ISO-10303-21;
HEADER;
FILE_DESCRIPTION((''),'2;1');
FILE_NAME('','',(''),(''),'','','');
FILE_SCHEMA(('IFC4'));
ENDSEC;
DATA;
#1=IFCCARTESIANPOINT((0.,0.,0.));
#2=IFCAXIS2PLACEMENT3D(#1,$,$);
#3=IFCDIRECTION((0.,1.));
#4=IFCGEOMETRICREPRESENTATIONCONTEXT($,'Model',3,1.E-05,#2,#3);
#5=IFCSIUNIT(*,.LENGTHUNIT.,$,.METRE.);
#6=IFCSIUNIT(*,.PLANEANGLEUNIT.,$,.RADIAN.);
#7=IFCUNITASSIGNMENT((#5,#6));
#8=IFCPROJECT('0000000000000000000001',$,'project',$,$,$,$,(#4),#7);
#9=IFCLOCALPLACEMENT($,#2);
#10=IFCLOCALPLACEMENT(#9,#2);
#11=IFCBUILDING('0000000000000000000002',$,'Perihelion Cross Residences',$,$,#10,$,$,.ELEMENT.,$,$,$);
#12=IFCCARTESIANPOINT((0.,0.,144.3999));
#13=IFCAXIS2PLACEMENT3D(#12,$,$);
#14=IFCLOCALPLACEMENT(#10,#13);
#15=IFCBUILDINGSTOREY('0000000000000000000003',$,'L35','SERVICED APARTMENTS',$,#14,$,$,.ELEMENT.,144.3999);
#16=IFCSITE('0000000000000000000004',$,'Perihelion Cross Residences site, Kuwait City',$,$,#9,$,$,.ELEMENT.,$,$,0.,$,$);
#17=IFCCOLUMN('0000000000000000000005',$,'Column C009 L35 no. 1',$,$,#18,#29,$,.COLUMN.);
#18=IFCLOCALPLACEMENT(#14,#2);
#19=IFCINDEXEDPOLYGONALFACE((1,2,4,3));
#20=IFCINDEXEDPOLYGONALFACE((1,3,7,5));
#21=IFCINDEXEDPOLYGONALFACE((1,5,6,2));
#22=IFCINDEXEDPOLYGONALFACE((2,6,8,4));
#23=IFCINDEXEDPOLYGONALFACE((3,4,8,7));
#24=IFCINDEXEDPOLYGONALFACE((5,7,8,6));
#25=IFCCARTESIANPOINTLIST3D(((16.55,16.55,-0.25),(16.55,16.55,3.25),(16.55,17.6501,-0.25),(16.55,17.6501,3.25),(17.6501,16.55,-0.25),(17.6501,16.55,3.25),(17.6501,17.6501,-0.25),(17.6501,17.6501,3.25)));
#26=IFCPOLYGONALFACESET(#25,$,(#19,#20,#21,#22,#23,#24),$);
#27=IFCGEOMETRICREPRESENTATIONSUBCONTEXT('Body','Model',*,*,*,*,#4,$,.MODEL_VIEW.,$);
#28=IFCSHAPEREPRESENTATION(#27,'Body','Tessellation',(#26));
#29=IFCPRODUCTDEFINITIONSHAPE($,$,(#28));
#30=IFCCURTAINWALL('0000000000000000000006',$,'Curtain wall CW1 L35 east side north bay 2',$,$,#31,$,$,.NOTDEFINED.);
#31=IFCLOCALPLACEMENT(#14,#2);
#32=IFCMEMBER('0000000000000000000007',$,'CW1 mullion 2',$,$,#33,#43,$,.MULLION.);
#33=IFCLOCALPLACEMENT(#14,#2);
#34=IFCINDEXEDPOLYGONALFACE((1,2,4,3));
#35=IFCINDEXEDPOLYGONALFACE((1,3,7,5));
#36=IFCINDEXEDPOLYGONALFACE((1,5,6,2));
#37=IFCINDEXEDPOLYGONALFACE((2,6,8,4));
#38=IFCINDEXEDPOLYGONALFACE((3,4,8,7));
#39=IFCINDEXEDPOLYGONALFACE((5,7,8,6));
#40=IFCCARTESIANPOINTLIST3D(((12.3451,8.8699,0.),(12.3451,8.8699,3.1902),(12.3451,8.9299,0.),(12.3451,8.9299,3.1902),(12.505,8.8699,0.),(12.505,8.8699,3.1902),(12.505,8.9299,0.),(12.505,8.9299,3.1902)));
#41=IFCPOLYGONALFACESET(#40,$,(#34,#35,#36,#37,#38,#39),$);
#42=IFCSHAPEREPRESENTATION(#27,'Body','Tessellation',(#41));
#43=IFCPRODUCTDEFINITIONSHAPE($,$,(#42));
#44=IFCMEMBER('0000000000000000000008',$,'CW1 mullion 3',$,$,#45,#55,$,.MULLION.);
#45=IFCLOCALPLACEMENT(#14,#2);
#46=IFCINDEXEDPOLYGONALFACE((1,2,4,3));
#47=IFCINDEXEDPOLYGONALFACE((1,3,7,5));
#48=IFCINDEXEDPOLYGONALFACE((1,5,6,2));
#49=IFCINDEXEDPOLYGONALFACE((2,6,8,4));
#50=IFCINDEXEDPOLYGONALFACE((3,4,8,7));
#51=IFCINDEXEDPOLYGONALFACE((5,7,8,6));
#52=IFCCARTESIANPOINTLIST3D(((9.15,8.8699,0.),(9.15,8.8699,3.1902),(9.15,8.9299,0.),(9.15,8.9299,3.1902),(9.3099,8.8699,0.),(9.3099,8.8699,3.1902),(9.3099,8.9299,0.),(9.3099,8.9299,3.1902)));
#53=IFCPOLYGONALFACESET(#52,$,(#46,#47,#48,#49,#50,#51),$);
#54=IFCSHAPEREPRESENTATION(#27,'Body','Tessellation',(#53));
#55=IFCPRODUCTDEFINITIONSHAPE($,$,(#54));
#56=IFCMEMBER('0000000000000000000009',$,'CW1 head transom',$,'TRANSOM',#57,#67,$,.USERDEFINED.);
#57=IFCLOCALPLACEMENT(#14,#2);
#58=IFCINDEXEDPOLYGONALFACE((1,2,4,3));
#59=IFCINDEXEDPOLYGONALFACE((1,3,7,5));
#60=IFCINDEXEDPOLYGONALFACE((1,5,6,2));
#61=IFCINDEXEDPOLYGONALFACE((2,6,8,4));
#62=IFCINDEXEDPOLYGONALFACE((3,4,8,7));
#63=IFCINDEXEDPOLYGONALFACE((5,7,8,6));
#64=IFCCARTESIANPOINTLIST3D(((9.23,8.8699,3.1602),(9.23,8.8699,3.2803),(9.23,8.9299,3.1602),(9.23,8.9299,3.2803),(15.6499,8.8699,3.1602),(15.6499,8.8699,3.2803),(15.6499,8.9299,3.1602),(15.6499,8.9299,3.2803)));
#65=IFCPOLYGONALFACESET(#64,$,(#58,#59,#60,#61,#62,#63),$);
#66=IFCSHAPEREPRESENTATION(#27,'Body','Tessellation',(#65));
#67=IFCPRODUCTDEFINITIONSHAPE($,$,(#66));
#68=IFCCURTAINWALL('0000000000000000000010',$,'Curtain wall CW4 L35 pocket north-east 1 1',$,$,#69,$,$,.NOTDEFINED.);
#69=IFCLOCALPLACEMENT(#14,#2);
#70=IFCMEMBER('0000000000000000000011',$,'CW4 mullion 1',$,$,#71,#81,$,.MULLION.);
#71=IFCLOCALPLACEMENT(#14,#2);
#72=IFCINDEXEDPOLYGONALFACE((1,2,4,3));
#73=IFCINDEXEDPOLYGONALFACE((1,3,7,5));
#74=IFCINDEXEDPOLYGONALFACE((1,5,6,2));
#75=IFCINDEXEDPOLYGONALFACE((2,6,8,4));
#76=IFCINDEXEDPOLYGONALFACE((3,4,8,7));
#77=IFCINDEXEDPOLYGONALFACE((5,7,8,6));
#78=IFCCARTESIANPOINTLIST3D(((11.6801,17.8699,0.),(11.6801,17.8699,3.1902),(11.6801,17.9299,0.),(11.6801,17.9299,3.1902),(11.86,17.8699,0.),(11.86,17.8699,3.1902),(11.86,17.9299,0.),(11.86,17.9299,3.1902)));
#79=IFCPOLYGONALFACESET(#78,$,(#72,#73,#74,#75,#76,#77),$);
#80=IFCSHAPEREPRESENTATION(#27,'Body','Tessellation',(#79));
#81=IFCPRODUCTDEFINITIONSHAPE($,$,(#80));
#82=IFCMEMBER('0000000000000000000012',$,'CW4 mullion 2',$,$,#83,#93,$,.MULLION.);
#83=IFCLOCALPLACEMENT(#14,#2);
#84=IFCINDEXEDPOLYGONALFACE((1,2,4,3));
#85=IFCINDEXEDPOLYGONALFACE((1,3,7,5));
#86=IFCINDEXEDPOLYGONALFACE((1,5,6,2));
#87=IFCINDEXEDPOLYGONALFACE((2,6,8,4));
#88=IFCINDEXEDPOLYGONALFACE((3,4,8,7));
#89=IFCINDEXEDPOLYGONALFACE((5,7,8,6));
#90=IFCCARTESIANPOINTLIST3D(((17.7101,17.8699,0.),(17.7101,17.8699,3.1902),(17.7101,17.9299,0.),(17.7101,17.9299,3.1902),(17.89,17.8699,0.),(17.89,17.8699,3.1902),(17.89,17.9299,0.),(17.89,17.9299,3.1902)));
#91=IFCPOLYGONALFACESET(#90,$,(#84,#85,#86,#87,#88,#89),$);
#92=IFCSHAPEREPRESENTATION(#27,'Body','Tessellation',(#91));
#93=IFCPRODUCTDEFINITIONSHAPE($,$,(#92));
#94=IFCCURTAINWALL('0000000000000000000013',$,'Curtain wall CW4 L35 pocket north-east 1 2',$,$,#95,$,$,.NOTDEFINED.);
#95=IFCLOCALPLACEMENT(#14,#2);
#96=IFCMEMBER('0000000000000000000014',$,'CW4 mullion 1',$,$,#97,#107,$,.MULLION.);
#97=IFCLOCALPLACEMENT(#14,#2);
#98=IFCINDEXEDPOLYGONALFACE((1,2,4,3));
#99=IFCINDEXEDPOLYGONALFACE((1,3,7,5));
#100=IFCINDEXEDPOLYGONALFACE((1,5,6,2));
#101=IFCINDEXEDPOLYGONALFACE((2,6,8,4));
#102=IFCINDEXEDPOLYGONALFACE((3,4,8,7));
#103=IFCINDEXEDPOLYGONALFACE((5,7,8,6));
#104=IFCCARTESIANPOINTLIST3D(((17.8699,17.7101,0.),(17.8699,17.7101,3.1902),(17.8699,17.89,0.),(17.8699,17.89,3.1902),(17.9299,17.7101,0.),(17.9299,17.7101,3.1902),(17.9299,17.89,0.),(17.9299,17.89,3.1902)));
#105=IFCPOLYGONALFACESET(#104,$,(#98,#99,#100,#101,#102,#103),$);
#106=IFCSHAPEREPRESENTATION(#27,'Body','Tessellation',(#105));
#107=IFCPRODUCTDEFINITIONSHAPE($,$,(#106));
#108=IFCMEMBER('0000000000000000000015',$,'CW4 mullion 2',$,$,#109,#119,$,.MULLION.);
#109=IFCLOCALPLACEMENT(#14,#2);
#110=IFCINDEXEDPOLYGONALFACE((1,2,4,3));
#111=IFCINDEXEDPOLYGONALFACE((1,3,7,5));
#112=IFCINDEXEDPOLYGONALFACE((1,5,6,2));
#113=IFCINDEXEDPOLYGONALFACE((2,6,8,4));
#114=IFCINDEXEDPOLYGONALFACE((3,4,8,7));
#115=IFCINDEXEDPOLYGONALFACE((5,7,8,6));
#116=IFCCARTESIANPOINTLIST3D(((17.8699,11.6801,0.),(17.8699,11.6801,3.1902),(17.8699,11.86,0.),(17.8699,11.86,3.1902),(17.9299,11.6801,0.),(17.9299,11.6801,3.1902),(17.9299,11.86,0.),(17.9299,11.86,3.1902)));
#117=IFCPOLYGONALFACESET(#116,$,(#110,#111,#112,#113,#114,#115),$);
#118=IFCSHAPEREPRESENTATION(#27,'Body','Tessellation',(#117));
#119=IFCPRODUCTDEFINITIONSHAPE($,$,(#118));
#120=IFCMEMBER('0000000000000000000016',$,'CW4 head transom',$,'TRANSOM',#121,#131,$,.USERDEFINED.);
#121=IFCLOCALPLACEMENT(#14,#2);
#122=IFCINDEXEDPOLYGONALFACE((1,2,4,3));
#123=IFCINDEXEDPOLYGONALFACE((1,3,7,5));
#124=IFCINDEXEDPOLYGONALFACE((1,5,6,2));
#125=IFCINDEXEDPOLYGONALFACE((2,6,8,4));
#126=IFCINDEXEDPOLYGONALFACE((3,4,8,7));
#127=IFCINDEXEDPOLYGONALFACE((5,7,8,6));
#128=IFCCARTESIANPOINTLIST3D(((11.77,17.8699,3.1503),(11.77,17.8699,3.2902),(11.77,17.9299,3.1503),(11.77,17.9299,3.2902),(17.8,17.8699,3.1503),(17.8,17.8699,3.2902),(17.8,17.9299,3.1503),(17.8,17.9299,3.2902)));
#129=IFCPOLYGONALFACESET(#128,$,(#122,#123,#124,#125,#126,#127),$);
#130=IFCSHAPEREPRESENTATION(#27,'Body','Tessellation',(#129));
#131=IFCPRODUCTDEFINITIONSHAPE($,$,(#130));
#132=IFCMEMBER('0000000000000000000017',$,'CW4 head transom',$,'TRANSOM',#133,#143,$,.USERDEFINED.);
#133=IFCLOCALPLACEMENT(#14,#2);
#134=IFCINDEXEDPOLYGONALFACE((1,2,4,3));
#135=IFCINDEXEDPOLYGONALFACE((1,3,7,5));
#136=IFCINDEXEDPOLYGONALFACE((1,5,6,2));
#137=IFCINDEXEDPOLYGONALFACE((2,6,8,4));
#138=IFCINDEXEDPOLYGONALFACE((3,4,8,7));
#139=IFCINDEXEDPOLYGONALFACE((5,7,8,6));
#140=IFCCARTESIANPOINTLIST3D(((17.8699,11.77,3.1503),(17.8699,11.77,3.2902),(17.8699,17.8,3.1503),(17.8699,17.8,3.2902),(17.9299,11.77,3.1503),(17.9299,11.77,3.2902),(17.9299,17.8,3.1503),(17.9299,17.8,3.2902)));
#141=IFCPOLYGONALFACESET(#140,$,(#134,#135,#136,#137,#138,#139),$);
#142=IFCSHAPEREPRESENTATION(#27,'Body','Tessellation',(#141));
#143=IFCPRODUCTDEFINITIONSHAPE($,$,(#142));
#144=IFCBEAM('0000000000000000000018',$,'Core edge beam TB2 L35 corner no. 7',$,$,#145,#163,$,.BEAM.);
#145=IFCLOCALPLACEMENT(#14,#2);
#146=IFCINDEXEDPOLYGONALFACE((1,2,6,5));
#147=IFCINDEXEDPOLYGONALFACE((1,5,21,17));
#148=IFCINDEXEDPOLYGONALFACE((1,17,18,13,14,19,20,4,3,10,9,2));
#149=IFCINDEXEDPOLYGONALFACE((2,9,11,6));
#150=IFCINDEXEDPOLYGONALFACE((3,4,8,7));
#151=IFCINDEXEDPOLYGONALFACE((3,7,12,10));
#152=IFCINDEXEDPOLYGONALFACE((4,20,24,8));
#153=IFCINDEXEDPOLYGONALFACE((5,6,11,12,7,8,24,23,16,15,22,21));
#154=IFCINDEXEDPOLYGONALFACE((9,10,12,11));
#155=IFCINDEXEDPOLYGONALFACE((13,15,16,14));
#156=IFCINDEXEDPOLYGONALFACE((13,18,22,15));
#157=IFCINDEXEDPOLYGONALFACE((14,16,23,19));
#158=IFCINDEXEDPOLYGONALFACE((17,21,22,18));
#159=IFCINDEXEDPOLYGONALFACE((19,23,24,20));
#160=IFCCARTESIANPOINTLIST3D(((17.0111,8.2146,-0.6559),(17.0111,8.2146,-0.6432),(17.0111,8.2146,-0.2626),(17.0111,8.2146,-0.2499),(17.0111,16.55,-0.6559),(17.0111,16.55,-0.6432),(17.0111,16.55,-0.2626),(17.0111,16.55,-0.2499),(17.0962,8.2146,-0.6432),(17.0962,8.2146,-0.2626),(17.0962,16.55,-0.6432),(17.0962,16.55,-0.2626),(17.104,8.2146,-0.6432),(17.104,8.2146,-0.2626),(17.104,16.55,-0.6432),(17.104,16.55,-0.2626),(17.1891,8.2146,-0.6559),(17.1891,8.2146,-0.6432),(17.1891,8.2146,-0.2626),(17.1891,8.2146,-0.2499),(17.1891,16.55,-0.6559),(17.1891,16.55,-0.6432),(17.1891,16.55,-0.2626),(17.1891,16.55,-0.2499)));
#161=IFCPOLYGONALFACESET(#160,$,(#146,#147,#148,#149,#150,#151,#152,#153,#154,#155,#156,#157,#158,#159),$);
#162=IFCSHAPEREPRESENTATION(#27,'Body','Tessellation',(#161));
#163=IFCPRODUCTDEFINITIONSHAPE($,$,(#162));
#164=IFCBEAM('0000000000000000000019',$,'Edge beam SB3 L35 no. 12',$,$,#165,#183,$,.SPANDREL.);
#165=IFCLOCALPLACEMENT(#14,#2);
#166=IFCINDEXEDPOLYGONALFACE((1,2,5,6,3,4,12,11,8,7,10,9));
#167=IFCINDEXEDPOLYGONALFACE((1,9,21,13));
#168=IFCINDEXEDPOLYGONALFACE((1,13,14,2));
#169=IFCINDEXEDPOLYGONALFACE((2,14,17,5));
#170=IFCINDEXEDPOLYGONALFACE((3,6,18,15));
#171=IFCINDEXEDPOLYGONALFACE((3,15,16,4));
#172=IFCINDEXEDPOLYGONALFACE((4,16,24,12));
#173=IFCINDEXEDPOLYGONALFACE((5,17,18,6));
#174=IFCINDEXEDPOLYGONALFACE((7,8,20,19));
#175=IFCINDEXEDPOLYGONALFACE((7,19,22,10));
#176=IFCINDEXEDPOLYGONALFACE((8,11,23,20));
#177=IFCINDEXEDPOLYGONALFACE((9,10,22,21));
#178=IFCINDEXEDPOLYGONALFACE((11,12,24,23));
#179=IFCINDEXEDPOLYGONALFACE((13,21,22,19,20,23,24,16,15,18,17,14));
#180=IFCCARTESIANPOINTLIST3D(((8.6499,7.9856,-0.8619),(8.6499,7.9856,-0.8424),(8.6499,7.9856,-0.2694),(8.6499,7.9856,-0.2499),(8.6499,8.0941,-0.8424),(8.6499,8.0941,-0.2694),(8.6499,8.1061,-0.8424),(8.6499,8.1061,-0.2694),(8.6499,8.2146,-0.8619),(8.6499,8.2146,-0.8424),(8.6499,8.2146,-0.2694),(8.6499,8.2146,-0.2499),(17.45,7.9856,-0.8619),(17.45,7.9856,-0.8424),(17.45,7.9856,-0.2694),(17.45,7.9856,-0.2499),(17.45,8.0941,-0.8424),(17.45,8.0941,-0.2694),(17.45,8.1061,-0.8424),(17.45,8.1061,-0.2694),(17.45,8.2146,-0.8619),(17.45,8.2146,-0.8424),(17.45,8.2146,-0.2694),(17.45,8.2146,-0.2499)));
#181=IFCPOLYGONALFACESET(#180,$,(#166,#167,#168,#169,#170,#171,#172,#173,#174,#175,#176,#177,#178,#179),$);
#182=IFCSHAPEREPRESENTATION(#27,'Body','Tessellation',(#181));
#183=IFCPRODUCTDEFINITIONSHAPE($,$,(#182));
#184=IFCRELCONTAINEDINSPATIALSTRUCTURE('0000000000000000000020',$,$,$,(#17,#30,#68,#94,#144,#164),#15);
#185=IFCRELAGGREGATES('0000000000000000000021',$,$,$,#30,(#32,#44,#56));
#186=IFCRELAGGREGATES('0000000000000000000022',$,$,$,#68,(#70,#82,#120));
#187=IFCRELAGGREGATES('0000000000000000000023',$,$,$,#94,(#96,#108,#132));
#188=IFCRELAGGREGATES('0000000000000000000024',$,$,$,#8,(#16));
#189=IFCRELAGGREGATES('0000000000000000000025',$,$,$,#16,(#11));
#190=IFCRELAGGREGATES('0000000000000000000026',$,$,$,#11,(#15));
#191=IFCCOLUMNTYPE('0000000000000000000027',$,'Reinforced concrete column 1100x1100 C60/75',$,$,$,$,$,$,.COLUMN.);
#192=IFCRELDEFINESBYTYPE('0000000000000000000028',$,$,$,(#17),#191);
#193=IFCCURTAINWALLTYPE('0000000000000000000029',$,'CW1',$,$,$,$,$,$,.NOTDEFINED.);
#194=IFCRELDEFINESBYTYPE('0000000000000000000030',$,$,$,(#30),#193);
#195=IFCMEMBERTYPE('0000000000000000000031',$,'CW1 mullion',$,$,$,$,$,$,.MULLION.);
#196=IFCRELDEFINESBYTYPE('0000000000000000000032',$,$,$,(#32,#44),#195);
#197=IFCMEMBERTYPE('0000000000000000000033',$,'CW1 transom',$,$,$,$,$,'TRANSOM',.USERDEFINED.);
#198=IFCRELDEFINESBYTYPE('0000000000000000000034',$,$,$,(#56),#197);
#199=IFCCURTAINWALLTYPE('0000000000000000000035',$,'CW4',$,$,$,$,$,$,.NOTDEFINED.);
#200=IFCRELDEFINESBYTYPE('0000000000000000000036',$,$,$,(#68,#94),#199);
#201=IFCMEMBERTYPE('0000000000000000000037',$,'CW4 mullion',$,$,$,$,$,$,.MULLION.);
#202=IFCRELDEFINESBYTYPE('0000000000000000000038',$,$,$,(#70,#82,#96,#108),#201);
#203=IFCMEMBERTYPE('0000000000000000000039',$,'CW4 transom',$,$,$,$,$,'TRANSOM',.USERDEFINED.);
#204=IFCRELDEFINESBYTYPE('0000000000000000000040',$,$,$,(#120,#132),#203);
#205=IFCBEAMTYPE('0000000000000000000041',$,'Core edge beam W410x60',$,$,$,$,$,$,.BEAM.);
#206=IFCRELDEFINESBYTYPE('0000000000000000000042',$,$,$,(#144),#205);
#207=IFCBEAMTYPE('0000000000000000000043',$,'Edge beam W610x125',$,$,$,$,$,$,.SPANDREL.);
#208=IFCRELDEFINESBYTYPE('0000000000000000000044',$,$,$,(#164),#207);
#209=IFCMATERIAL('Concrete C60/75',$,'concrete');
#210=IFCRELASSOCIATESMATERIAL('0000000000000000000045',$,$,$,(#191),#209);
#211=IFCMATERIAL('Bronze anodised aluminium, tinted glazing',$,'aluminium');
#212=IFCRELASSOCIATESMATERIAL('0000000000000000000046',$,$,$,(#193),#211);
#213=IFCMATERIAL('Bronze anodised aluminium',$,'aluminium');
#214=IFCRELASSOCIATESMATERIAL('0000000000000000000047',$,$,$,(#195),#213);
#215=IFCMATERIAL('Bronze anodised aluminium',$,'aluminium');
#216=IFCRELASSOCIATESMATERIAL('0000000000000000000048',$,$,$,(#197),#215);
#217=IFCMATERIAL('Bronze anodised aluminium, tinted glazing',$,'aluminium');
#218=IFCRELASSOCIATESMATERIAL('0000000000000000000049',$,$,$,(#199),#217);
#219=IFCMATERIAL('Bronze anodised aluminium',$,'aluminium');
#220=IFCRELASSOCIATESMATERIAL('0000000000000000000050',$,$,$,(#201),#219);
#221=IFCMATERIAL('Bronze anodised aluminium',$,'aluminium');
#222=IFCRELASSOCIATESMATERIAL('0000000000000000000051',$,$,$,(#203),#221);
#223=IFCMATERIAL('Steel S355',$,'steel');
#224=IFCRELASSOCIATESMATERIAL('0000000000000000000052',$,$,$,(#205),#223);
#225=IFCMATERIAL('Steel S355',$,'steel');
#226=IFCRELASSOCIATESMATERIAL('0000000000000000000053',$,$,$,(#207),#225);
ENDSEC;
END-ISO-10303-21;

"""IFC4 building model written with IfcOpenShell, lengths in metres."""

from ifc_helpers import new_model, si_unit, direction, frame, origin, origin_2d, place, context, subcontext, project, spatial, rectangle, i_section, extrude, material, material_profile, profile_set, type_object, element, aggregate, save


model = new_model("IFC4")

# Units and contexts
model_context = context("Model", 3, precision=1e-05, world=origin(), true_north=direction((0.0, 1.0)))
body_context = subcontext(model_context, "Body", "Model", "MODEL_VIEW")
ifc_project = project(units=[si_unit("LENGTHUNIT", "METRE"), si_unit("PLANEANGLEUNIT", "RADIAN")], contexts=[model_context])

# Site, building, storey
site_placement = place(None, origin())
site = spatial("IfcSite", under=ifc_project, at=site_placement, Name="Perihelion Cross Residences site, Kuwait City", CompositionType="ELEMENT", RefElevation=0.0)
building_placement = place(site_placement, origin())
building = spatial("IfcBuilding", under=site, at=building_placement, Name="Perihelion Cross Residences", CompositionType="ELEMENT")
storey_placement = place(building_placement, frame((0.0, 0.0, 144.3999)))
storey = spatial("IfcBuildingStorey", under=building, at=storey_placement, Name="L35", Description="SERVICED APARTMENTS", CompositionType="ELEMENT", Elevation=144.3999)

# Column
ifc_material_1 = material(Name="Concrete C60/75", Category="concrete")
ifc_material_profile_1 = material_profile(ifc_material_1, rectangle(XDim=1.1001, YDim=1.1001, at=origin_2d()), Name="RC 1100x1100")
ifc_profile_set_1 = profile_set([ifc_material_profile_1], Name="Concrete C60/75")
column_type = type_object("IfcColumnType", Name="Reinforced concrete column 1100x1100 C60/75", PredefinedType="COLUMN", material=ifc_profile_set_1)
column_placement = place(storey_placement, frame((17.1001, 17.1001, -0.25), z_axis=(0.0, 0.0, 1.0), x_axis=(1.0, 0.0, 0.0)))
element("IfcColumn", 1, at=column_placement, inside=storey, type_object=column_type, Name="Column C009 L35 no. 1", PredefinedType="COLUMN", context=body_context, shape_type="SweptSolid", body=[
    extrude(rectangle(XDim=1.1001, YDim=1.1001, at=origin_2d()), origin(), (0.0, 0.0, 1.0), 3.5),
])

# Curtain walls, members
ifc_material_2 = material(Name="Bronze anodised aluminium, tinted glazing", Category="aluminium")
curtain_wall_type_1 = type_object("IfcCurtainWallType", Name="CW1", PredefinedType="NOTDEFINED", material=ifc_material_2)
curtain_wall_1_placement = place(storey_placement, origin())
curtain_wall_1 = element("IfcCurtainWall", 2, at=curtain_wall_1_placement, inside=storey, type_object=curtain_wall_type_1, Name="Curtain wall CW1 L35 east side north bay 2", PredefinedType="NOTDEFINED")
ifc_material_3 = material(Name="Bronze anodised aluminium", Category="aluminium")
ifc_material_profile_2 = material_profile(ifc_material_3, rectangle(XDim=0.0601, YDim=0.1599, at=origin_2d()), Name="CW1 mullion")
ifc_profile_set_2 = profile_set([ifc_material_profile_2], Name="Bronze anodised aluminium")
member_type_1 = type_object("IfcMemberType", Name="CW1 mullion", PredefinedType="MULLION", material=ifc_profile_set_2)
member_1_placement = place(storey_placement, frame((12.425, 8.8999, 0.0), z_axis=(0.0, 0.0, 1.0), x_axis=(0.0, -1.0, 0.0)))
member_1 = element("IfcMember", 3, at=member_1_placement, type_object=member_type_1, Name="CW1 mullion 2", PredefinedType="MULLION", context=body_context, shape_type="SweptSolid", body=[
    extrude(rectangle(XDim=0.0601, YDim=0.1599, at=origin_2d()), origin(), (0.0, 0.0, 1.0), 3.1902),
])
member_2_placement = place(storey_placement, frame((9.23, 8.8999, 0.0), z_axis=(0.0, 0.0, 1.0), x_axis=(0.0, -1.0, 0.0)))
member_2 = element("IfcMember", 4, at=member_2_placement, type_object=member_type_1, Name="CW1 mullion 3", PredefinedType="MULLION", context=body_context, shape_type="SweptSolid", body=[
    extrude(rectangle(XDim=0.0601, YDim=0.1599, at=origin_2d()), origin(), (0.0, 0.0, 1.0), 3.1902),
])
ifc_material_4 = material(Name="Bronze anodised aluminium", Category="aluminium")
ifc_material_profile_3 = material_profile(ifc_material_4, rectangle(XDim=0.0601, YDim=0.1201, at=origin_2d()), Name="CW1 transom")
ifc_profile_set_3 = profile_set([ifc_material_profile_3], Name="Bronze anodised aluminium")
member_type_2 = type_object("IfcMemberType", Name="CW1 transom", ElementType="TRANSOM", PredefinedType="USERDEFINED", material=ifc_profile_set_3)
member_3_placement = place(storey_placement, frame((15.6499, 8.8999, 3.2202), z_axis=(-1.0, 0.0, 0.0), x_axis=(0.0, -1.0, 0.0)))
member_3 = element("IfcMember", 5, at=member_3_placement, type_object=member_type_2, Name="CW1 head transom", ObjectType="TRANSOM", PredefinedType="USERDEFINED", context=body_context, shape_type="SweptSolid", body=[
    extrude(rectangle(XDim=0.0601, YDim=0.1201, at=origin_2d()), origin(), (0.0, 0.0, 1.0), 6.4199),
])
ifc_material_5 = material(Name="Bronze anodised aluminium, tinted glazing", Category="aluminium")
curtain_wall_type_2 = type_object("IfcCurtainWallType", Name="CW4", PredefinedType="NOTDEFINED", material=ifc_material_5)
curtain_wall_2_placement = place(storey_placement, origin())
curtain_wall_2 = element("IfcCurtainWall", 6, at=curtain_wall_2_placement, inside=storey, type_object=curtain_wall_type_2, Name="Curtain wall CW4 L35 pocket north-east 1 1", PredefinedType="NOTDEFINED")
ifc_material_6 = material(Name="Bronze anodised aluminium", Category="aluminium")
ifc_material_profile_4 = material_profile(ifc_material_6, rectangle(XDim=0.0601, YDim=0.1799, at=origin_2d()), Name="CW4 mullion")
ifc_profile_set_4 = profile_set([ifc_material_profile_4], Name="Bronze anodised aluminium")
member_type_3 = type_object("IfcMemberType", Name="CW4 mullion", PredefinedType="MULLION", material=ifc_profile_set_4)
member_4_placement = place(storey_placement, frame((11.77, 17.8999, 0.0), z_axis=(0.0, 0.0, 1.0), x_axis=(0.0, 1.0, 0.0)))
member_4 = element("IfcMember", 7, at=member_4_placement, type_object=member_type_3, Name="CW4 mullion 1", PredefinedType="MULLION", context=body_context, shape_type="SweptSolid", body=[
    extrude(rectangle(XDim=0.0601, YDim=0.1799, at=origin_2d()), origin(), (0.0, 0.0, 1.0), 3.1902),
])
member_5_placement = place(storey_placement, frame((17.8, 17.8999, 0.0), z_axis=(0.0, 0.0, 1.0), x_axis=(0.0, 1.0, 0.0)))
member_5 = element("IfcMember", 8, at=member_5_placement, type_object=member_type_3, Name="CW4 mullion 2", PredefinedType="MULLION", context=body_context, shape_type="SweptSolid", body=[
    extrude(rectangle(XDim=0.0601, YDim=0.1799, at=origin_2d()), origin(), (0.0, 0.0, 1.0), 3.1902),
])
curtain_wall_3_placement = place(storey_placement, origin())
curtain_wall_3 = element("IfcCurtainWall", 9, at=curtain_wall_3_placement, inside=storey, type_object=curtain_wall_type_2, Name="Curtain wall CW4 L35 pocket north-east 1 2", PredefinedType="NOTDEFINED")
member_6_placement = place(storey_placement, frame((17.8999, 17.8, 0.0), z_axis=(0.0, 0.0, 1.0), x_axis=(1.0, 0.0, 0.0)))
member_6 = element("IfcMember", 10, at=member_6_placement, type_object=member_type_3, Name="CW4 mullion 1", PredefinedType="MULLION", context=body_context, shape_type="SweptSolid", body=[
    extrude(rectangle(XDim=0.0601, YDim=0.1799, at=origin_2d()), origin(), (0.0, 0.0, 1.0), 3.1902),
])
member_7_placement = place(storey_placement, frame((17.8999, 11.77, 0.0), z_axis=(0.0, 0.0, 1.0), x_axis=(1.0, 0.0, 0.0)))
member_7 = element("IfcMember", 11, at=member_7_placement, type_object=member_type_3, Name="CW4 mullion 2", PredefinedType="MULLION", context=body_context, shape_type="SweptSolid", body=[
    extrude(rectangle(XDim=0.0601, YDim=0.1799, at=origin_2d()), origin(), (0.0, 0.0, 1.0), 3.1902),
])

# Members
ifc_material_7 = material(Name="Bronze anodised aluminium", Category="aluminium")
ifc_material_profile_5 = material_profile(ifc_material_7, rectangle(XDim=0.0601, YDim=0.1399, at=origin_2d()), Name="CW4 transom")
ifc_profile_set_5 = profile_set([ifc_material_profile_5], Name="Bronze anodised aluminium")
member_type_4 = type_object("IfcMemberType", Name="CW4 transom", ElementType="TRANSOM", PredefinedType="USERDEFINED", material=ifc_profile_set_5)
member_8_placement = place(storey_placement, frame((11.77, 17.8999, 3.2202), z_axis=(1.0, 0.0, 0.0), x_axis=(0.0, 1.0, 0.0)))
member_8 = element("IfcMember", 12, at=member_8_placement, type_object=member_type_4, Name="CW4 head transom", ObjectType="TRANSOM", PredefinedType="USERDEFINED", context=body_context, shape_type="SweptSolid", body=[
    extrude(rectangle(XDim=0.0601, YDim=0.1399, at=origin_2d()), origin(), (0.0, 0.0, 1.0), 6.03),
])
member_9_placement = place(storey_placement, frame((17.8999, 17.8, 3.2202), z_axis=(0.0, -1.0, 0.0), x_axis=(1.0, 0.0, 0.0)))
member_9 = element("IfcMember", 13, at=member_9_placement, type_object=member_type_4, Name="CW4 head transom", ObjectType="TRANSOM", PredefinedType="USERDEFINED", context=body_context, shape_type="SweptSolid", body=[
    extrude(rectangle(XDim=0.0601, YDim=0.1399, at=origin_2d()), origin(), (0.0, 0.0, 1.0), 6.03),
])

# Beams
ifc_material_8 = material(Name="Steel S355", Category="steel")
ifc_material_profile_6 = material_profile(ifc_material_8, i_section(OverallWidth=0.178, OverallDepth=0.406, WebThickness=0.0078, FlangeThickness=0.0127, at=origin_2d()), Name="W410x60")
ifc_profile_set_6 = profile_set([ifc_material_profile_6], Name="Steel S355")
beam_type_1 = type_object("IfcBeamType", Name="Core edge beam W410x60", PredefinedType="BEAM", material=ifc_profile_set_6)
beam_1_placement = place(storey_placement, frame((17.1001, 8.2146, -0.4529), z_axis=(0.0, 1.0, 0.0), x_axis=(-1.0, 0.0, 0.0)))
element("IfcBeam", 14, at=beam_1_placement, inside=storey, type_object=beam_type_1, Name="Core edge beam TB2 L35 corner no. 7", PredefinedType="BEAM", context=body_context, shape_type="SweptSolid", body=[
    extrude(i_section(OverallWidth=0.178, OverallDepth=0.406, WebThickness=0.0078, FlangeThickness=0.0127, at=origin_2d()), origin(), (0.0, 0.0, 1.0), 8.3354),
])
ifc_material_9 = material(Name="Steel S355", Category="steel")
ifc_material_profile_7 = material_profile(ifc_material_9, i_section(OverallWidth=0.229, OverallDepth=0.6121, WebThickness=0.012, FlangeThickness=0.0195, at=origin_2d()), Name="W610x125")
ifc_profile_set_7 = profile_set([ifc_material_profile_7], Name="Steel S355")
beam_type_2 = type_object("IfcBeamType", Name="Edge beam W610x125", PredefinedType="SPANDREL", material=ifc_profile_set_7)
beam_2_placement = place(storey_placement, frame((17.45, 8.1001, -0.5559), z_axis=(-1.0, 0.0, 0.0), x_axis=(0.0, -1.0, 0.0)))
element("IfcBeam", 15, at=beam_2_placement, inside=storey, type_object=beam_type_2, Name="Edge beam SB3 L35 no. 12", PredefinedType="SPANDREL", context=body_context, shape_type="SweptSolid", body=[
    extrude(i_section(OverallWidth=0.229, OverallDepth=0.6121, WebThickness=0.012, FlangeThickness=0.0195, at=origin_2d()), origin(), (0.0, 0.0, 1.0), 8.8),
])

aggregate(curtain_wall_1, [member_1, member_2, member_3])
aggregate(curtain_wall_2, [member_4, member_5, member_8])
aggregate(curtain_wall_3, [member_6, member_7, member_9])

save(model, "model.ifc")
